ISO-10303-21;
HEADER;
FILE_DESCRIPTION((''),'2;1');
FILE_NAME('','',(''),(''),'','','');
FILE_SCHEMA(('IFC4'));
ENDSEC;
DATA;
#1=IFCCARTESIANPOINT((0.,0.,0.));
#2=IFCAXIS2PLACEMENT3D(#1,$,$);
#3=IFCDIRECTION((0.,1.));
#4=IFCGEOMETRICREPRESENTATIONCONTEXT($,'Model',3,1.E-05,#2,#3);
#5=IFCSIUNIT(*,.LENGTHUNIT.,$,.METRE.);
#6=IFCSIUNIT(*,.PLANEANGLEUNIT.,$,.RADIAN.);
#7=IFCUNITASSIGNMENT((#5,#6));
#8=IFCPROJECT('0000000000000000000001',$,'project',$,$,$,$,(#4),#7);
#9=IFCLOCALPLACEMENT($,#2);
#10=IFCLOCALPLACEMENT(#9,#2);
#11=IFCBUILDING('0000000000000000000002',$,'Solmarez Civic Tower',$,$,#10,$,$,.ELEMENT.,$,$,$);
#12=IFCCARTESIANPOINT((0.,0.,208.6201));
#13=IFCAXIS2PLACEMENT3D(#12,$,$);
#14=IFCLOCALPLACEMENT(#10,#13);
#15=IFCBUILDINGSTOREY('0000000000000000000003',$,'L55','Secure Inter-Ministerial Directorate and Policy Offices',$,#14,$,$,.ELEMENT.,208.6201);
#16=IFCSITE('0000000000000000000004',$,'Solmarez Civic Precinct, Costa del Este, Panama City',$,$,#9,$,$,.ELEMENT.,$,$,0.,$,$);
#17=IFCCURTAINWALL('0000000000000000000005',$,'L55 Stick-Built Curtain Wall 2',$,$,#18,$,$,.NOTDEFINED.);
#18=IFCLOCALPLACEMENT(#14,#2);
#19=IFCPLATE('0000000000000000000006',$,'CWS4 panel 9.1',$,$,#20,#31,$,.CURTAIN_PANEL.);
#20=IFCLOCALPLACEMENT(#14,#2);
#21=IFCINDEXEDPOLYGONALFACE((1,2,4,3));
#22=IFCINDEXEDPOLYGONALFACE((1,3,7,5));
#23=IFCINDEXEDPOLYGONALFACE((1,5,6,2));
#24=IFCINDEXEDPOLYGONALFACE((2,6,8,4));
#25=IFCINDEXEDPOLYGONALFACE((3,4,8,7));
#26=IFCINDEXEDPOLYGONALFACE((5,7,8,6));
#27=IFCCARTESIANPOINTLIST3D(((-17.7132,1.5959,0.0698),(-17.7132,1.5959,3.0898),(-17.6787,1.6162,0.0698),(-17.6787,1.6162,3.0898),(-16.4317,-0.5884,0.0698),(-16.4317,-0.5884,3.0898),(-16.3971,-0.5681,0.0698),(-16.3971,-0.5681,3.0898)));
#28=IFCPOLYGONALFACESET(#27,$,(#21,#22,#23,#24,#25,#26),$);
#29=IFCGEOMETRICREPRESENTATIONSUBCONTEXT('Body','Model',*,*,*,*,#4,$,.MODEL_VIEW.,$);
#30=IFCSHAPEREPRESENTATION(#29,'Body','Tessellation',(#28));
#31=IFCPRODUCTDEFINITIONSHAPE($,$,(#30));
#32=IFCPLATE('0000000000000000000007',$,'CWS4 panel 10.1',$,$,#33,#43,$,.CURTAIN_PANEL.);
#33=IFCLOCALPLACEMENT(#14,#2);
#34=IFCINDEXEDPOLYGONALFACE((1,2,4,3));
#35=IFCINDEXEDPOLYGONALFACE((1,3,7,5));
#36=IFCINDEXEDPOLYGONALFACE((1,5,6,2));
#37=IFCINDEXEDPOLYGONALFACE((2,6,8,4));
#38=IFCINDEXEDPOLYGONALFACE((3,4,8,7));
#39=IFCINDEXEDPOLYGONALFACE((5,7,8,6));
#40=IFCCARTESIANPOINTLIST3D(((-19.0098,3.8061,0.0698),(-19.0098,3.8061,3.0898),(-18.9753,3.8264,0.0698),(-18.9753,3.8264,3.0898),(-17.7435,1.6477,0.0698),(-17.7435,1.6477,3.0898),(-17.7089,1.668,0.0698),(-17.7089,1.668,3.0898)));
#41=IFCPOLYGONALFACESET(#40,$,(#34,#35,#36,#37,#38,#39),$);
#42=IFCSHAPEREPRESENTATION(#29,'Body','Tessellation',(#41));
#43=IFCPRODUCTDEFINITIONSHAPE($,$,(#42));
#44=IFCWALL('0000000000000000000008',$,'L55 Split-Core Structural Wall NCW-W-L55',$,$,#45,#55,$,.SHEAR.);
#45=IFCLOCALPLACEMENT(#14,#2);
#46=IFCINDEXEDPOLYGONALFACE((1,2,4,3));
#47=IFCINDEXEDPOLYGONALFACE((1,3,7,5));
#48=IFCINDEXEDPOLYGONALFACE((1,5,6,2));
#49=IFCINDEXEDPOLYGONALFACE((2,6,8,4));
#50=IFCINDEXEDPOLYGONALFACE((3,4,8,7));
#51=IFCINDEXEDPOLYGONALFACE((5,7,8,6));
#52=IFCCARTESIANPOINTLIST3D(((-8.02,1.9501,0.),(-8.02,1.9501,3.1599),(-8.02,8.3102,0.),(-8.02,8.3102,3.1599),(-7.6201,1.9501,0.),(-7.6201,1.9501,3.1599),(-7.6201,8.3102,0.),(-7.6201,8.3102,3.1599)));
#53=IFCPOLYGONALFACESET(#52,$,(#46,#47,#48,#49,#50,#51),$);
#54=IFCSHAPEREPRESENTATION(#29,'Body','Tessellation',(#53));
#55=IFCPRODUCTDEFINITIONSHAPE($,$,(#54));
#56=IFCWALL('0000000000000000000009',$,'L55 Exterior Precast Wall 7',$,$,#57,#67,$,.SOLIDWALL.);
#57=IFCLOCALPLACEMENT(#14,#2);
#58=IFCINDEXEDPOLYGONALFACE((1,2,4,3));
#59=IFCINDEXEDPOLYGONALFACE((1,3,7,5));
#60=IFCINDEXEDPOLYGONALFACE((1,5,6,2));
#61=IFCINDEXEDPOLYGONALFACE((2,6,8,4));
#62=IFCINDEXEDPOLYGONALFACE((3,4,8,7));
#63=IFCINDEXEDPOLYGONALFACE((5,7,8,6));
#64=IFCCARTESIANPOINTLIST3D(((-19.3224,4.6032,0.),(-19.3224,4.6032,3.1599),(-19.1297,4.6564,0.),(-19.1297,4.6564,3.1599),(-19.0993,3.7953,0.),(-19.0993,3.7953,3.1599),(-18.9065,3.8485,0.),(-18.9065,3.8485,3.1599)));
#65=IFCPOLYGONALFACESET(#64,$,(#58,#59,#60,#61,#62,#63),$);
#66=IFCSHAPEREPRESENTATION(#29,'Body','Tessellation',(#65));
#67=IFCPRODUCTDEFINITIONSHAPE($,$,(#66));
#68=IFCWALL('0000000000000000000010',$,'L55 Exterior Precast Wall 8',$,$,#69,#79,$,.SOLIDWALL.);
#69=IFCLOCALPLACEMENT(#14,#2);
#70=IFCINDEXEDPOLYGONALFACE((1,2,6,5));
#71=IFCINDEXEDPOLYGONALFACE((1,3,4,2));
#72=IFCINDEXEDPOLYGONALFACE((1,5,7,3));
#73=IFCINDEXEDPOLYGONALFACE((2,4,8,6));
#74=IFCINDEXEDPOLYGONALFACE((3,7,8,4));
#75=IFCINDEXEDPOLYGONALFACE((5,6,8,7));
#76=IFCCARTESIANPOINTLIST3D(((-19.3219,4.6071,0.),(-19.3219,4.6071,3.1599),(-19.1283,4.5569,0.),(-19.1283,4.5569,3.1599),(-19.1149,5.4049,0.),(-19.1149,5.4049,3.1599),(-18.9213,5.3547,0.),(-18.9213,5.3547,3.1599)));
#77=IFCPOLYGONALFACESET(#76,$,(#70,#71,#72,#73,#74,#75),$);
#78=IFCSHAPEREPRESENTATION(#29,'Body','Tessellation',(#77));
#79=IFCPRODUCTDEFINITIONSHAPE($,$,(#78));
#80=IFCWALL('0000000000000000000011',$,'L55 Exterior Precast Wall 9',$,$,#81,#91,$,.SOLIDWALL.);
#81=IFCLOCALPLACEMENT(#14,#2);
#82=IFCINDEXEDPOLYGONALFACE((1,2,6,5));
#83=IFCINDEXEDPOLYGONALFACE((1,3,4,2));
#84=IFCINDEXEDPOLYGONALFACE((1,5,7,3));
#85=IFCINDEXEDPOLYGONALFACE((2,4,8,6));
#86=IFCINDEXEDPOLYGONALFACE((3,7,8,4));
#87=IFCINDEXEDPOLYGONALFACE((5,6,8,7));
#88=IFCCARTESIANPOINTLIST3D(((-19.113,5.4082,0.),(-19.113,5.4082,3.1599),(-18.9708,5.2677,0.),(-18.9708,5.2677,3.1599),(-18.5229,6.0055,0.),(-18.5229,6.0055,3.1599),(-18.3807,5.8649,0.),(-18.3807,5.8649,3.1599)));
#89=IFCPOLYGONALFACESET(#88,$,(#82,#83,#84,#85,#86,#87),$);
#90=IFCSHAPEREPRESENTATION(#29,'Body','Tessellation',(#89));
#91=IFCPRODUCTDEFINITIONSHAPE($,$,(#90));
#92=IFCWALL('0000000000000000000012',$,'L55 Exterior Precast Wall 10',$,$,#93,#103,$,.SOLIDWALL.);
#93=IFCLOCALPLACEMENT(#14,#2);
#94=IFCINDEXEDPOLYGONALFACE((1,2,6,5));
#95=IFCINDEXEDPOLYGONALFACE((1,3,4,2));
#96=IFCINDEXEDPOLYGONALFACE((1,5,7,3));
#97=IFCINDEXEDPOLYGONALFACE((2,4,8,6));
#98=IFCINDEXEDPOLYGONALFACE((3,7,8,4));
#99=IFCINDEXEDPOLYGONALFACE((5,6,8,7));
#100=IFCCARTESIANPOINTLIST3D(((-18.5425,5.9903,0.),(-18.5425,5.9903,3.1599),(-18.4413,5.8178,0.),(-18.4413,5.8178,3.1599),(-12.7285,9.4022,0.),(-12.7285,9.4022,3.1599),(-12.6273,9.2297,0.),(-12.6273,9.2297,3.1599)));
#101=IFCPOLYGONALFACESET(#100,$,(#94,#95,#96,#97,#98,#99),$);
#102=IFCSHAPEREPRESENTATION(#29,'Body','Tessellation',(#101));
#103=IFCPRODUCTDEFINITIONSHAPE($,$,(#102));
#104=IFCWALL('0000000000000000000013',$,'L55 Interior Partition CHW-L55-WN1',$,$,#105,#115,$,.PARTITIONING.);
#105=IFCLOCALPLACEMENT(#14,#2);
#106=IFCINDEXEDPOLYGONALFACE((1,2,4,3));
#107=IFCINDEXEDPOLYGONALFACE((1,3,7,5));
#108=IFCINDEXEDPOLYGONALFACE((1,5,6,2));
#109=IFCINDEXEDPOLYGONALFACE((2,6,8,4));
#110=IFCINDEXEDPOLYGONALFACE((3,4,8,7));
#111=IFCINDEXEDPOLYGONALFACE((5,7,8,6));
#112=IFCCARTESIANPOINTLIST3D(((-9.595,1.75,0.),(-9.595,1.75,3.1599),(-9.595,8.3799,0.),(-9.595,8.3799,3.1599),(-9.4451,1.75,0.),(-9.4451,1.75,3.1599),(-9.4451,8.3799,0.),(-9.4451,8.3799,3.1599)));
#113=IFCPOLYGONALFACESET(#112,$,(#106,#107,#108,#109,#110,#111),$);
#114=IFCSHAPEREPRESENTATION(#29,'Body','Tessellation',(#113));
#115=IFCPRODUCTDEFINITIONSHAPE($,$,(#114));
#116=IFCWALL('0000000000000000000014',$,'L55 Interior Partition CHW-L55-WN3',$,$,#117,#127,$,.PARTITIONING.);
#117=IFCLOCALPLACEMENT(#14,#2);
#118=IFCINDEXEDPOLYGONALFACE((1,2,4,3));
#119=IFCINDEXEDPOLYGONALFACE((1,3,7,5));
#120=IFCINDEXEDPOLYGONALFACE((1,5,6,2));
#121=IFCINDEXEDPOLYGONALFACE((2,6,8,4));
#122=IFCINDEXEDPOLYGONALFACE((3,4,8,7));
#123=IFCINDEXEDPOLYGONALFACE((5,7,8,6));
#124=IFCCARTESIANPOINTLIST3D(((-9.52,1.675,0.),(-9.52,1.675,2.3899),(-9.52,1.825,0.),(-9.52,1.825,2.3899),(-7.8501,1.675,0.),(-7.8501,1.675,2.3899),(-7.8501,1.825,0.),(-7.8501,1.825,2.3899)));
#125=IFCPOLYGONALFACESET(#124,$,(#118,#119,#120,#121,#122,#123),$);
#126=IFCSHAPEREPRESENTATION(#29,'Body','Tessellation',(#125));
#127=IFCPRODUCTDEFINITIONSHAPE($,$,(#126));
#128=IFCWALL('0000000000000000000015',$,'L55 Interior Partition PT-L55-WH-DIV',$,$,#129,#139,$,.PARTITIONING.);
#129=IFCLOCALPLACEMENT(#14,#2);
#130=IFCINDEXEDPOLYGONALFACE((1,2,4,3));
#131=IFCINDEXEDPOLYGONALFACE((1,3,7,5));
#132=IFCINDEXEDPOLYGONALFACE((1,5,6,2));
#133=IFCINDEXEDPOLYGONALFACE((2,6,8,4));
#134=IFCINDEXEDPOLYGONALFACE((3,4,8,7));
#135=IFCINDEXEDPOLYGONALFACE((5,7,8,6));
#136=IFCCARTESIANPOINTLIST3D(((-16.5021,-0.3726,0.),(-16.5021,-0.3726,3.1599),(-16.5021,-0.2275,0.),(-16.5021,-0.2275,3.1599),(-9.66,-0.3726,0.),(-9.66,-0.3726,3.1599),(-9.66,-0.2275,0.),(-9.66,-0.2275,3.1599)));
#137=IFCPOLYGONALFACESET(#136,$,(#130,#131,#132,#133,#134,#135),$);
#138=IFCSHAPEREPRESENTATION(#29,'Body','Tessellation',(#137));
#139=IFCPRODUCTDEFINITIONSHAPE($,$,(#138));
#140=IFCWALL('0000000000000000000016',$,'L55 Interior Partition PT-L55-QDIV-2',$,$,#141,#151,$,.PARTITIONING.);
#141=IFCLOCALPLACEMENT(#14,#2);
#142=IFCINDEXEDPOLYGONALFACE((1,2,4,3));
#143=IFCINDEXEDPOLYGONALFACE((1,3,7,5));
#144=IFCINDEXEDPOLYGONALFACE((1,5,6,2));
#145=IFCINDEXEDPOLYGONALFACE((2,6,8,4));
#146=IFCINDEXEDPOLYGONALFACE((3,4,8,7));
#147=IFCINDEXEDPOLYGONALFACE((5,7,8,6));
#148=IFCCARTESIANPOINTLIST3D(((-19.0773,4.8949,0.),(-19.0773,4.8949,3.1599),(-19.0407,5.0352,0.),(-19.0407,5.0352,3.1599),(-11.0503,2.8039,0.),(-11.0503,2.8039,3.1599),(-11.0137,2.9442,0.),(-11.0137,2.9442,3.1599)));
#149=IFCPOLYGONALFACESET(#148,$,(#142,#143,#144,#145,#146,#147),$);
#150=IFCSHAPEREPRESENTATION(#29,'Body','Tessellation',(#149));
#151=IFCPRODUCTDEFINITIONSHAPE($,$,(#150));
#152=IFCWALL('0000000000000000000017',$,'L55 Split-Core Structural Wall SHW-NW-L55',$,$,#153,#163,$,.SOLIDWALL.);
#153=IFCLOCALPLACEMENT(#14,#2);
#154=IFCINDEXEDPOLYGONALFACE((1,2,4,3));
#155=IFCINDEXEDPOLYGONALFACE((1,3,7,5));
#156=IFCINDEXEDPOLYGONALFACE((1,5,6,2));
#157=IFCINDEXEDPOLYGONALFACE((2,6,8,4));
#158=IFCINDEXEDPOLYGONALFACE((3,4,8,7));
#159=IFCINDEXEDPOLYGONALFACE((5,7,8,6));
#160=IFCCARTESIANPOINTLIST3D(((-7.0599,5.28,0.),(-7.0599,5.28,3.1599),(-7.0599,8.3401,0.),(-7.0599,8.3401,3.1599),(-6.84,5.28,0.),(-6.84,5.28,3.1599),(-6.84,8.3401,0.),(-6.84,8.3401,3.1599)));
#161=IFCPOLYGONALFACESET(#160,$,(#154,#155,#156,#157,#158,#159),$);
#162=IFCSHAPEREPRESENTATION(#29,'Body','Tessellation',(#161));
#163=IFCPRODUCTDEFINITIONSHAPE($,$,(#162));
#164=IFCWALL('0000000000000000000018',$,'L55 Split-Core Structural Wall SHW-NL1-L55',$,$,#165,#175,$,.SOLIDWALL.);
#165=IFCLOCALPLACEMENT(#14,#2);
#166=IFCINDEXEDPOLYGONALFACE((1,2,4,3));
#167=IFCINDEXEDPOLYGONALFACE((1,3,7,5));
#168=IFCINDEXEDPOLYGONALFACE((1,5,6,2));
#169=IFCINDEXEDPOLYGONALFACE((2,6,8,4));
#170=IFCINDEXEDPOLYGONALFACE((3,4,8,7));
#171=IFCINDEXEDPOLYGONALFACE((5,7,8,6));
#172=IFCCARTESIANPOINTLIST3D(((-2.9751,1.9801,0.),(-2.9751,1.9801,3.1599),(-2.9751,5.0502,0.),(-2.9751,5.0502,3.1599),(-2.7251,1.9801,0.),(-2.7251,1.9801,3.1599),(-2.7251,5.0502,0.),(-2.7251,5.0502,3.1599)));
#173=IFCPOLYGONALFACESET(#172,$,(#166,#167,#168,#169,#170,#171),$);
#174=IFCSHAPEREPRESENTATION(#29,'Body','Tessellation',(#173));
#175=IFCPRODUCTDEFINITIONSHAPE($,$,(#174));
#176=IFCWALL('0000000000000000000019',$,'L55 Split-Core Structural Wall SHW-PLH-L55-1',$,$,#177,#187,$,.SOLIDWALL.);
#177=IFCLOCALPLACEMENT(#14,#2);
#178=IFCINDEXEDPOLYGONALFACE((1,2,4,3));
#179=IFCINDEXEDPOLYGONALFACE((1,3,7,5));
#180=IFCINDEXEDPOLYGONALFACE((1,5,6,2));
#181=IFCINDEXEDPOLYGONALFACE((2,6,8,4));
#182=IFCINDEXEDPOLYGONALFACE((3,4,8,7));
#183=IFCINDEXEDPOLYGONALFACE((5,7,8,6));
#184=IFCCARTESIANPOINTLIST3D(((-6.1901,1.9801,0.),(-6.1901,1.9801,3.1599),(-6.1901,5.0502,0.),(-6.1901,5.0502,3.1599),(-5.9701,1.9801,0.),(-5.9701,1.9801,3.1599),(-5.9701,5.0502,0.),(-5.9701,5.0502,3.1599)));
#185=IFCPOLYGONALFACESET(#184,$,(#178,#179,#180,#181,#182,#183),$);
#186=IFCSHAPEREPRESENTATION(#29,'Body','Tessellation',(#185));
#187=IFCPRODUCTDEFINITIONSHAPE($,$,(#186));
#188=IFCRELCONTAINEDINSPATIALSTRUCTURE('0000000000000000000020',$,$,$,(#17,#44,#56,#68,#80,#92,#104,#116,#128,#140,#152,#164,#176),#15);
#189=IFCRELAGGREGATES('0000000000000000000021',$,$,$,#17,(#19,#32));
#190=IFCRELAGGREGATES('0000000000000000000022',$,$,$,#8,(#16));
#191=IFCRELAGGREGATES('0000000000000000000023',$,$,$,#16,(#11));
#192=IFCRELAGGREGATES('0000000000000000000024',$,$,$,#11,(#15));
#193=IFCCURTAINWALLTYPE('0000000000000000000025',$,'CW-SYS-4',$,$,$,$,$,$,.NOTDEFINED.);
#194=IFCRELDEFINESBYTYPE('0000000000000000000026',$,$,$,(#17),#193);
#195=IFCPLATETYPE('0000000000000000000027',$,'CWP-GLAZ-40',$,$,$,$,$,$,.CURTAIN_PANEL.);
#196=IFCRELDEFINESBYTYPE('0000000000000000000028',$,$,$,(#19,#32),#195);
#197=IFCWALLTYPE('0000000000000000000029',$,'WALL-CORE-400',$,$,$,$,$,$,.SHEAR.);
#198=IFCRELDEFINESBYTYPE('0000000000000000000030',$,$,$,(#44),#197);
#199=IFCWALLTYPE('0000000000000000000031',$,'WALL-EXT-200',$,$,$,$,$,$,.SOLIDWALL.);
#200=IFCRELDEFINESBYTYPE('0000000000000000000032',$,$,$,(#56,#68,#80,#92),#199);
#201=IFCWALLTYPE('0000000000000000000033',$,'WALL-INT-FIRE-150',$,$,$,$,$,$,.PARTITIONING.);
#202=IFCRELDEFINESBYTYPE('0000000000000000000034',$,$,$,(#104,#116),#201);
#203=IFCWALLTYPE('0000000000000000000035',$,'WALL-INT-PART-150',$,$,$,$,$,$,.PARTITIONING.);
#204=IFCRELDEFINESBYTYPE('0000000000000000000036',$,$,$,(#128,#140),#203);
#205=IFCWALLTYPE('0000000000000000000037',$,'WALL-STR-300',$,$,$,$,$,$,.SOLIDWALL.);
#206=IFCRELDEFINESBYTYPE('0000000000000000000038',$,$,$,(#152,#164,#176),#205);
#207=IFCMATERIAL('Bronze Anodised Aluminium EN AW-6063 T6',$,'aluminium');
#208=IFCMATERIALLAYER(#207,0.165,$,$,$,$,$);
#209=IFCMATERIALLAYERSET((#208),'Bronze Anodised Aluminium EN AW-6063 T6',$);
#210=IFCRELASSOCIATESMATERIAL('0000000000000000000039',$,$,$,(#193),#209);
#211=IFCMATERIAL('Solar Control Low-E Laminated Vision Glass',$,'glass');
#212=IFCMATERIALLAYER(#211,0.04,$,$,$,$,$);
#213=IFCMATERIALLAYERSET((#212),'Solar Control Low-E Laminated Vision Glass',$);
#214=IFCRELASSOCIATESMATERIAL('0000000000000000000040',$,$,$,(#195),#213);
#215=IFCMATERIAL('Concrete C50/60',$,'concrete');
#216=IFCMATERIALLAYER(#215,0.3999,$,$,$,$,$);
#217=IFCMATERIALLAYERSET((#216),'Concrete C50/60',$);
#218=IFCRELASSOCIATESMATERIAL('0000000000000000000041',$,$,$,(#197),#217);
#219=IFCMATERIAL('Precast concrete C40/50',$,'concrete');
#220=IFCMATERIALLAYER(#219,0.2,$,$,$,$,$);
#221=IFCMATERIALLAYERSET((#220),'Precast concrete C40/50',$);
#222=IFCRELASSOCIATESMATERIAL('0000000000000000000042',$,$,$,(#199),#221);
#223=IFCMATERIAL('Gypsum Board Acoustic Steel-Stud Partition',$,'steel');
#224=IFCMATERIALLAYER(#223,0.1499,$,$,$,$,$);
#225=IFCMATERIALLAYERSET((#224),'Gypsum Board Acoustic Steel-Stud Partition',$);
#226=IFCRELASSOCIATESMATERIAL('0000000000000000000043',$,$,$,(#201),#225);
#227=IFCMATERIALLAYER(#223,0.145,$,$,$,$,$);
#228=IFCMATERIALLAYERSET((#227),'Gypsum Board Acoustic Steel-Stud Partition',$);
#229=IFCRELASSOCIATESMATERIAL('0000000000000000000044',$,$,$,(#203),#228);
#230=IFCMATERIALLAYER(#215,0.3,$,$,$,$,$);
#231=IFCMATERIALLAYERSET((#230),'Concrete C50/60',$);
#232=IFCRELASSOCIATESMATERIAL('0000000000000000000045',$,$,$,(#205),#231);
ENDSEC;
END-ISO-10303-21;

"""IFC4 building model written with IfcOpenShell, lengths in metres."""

from ifc_helpers import new_model, si_unit, direction, frame, frame_2d, origin, origin_2d, place, context, subcontext, project, spatial, rectangle, extrude, material, layer, layer_set, type_object, element, aggregate, save


model = new_model("IFC4")

# Units and contexts
model_context = context("Model", 3, precision=1e-05, world=origin(), true_north=direction((0.0, 1.0)))
body_context = subcontext(model_context, "Body", "Model", "MODEL_VIEW")
ifc_project = project(units=[si_unit("LENGTHUNIT", "METRE"), si_unit("PLANEANGLEUNIT", "RADIAN")], contexts=[model_context])

# Site, building, storey
site_placement = place(None, origin())
site = spatial("IfcSite", under=ifc_project, at=site_placement, Name="Solmarez Civic Precinct, Costa del Este, Panama City", CompositionType="ELEMENT", RefElevation=0.0)
building_placement = place(site_placement, origin())
building = spatial("IfcBuilding", under=site, at=building_placement, Name="Solmarez Civic Tower", CompositionType="ELEMENT")
storey_placement = place(building_placement, frame((0.0, 0.0, 208.6201)))
storey = spatial("IfcBuildingStorey", under=building, at=storey_placement, Name="L55", Description="Secure Inter-Ministerial Directorate and Policy Offices", CompositionType="ELEMENT", Elevation=208.6201)

# Shared definitions
ifc_material_1 = material(Name="Concrete C50/60", Category="concrete")

# Curtain wall, plates
ifc_material_2 = material(Name="Bronze Anodised Aluminium EN AW-6063 T6", Category="aluminium")
ifc_layer_1 = layer(ifc_material_2, 0.165)
ifc_layer_set_1 = layer_set([ifc_layer_1], Name="Bronze Anodised Aluminium EN AW-6063 T6")
curtain_wall_type = type_object("IfcCurtainWallType", Name="CW-SYS-4", PredefinedType="NOTDEFINED", material=ifc_layer_set_1)
curtain_wall_placement = place(storey_placement, origin())
curtain_wall = element("IfcCurtainWall", 1, at=curtain_wall_placement, inside=storey, type_object=curtain_wall_type, Name="L55 Stick-Built Curtain Wall 2", PredefinedType="NOTDEFINED")
ifc_material_3 = material(Name="Solar Control Low-E Laminated Vision Glass", Category="glass")
ifc_layer_2 = layer(ifc_material_3, 0.04)
ifc_layer_set_2 = layer_set([ifc_layer_2], Name="Solar Control Low-E Laminated Vision Glass")
plate_type = type_object("IfcPlateType", Name="CWP-GLAZ-40", PredefinedType="CURTAIN_PANEL", material=ifc_layer_set_2)
plate_1_placement = place(storey_placement, frame((-17.0552, 0.5139, 0.0698), z_axis=(0.0, 0.0, 1.0), x_axis=(-0.506047, 0.862506, 0.0)))
plate_1 = element("IfcPlate", 2, at=plate_1_placement, type_object=plate_type, Name="CWS4 panel 9.1", PredefinedType="CURTAIN_PANEL", context=body_context, shape_type="SweptSolid", body=[
    extrude(rectangle(XDim=2.5325, YDim=0.04, at=origin_2d()), origin(), (0.0, 0.0, 1.0), 3.02),
])
plate_2_placement = place(storey_placement, frame((-18.3594, 2.7371, 0.0698), z_axis=(0.0, 0.0, 1.0), x_axis=(-0.506047, 0.862506, 0.0)))
plate_2 = element("IfcPlate", 3, at=plate_2_placement, type_object=plate_type, Name="CWS4 panel 10.1", PredefinedType="CURTAIN_PANEL", context=body_context, shape_type="SweptSolid", body=[
    extrude(rectangle(XDim=2.5024, YDim=0.04, at=origin_2d()), origin(), (0.0, 0.0, 1.0), 3.02),
])
aggregate(curtain_wall, [plate_1, plate_2])

# Walls
ifc_layer_3 = layer(ifc_material_1, 0.3999)
ifc_layer_set_3 = layer_set([ifc_layer_3], Name="Concrete C50/60")
wall_type_1 = type_object("IfcWallType", Name="WALL-CORE-400", PredefinedType="SHEAR", material=ifc_layer_set_3)
wall_1_placement = place(storey_placement, frame((-7.8201, 1.95, 0.0), z_axis=(0.0, 0.0, 1.0), x_axis=(0.0, 1.0, 0.0)))
element("IfcWall", 4, at=wall_1_placement, inside=storey, type_object=wall_type_1, Name="L55 Split-Core Structural Wall NCW-W-L55", PredefinedType="SHEAR", context=body_context, shape_type="SweptSolid", body=[
    extrude(rectangle(XDim=6.3601, YDim=0.3999, at=frame_2d((3.1802, 0.0))), origin(), (0.0, 0.0, 1.0), 3.1599),
])
ifc_material_4 = material(Name="Precast concrete C40/50", Category="concrete")
ifc_layer_4 = layer(ifc_material_4, 0.2)
ifc_layer_set_4 = layer_set([ifc_layer_4], Name="Precast concrete C40/50")
wall_type_2 = type_object("IfcWallType", Name="WALL-EXT-200", PredefinedType="SOLIDWALL", material=ifc_layer_set_4)
wall_2_placement = place(storey_placement, frame((-19.0029, 3.822, 0.0), z_axis=(0.0, 0.0, 1.0), x_axis=(-0.266246, 0.963905, 0.0)))
element("IfcWall", 5, at=wall_2_placement, inside=storey, type_object=wall_type_2, Name="L55 Exterior Precast Wall 7", PredefinedType="SOLIDWALL", context=body_context, shape_type="SweptSolid", body=[
    extrude(rectangle(XDim=0.8381, YDim=0.2, at=frame_2d((0.4189, 0.0))), origin(), (0.0, 0.0, 1.0), 3.1599),
])
wall_3_placement = place(storey_placement, frame((-19.2251, 4.582, 0.0), z_axis=(0.0, 0.0, 1.0), x_axis=(0.251168, 0.967944, 0.0)))
element("IfcWall", 6, at=wall_3_placement, inside=storey, type_object=wall_type_2, Name="L55 Exterior Precast Wall 8", PredefinedType="SOLIDWALL", context=body_context, shape_type="SweptSolid", body=[
    extrude(rectangle(XDim=0.8242, YDim=0.2, at=frame_2d((0.4121, 0.0))), origin(), (0.0, 0.0, 1.0), 3.1599),
])
wall_4_placement = place(storey_placement, frame((-19.042, 5.3379, 0.0), z_axis=(0.0, 0.0, 1.0), x_axis=(0.702878, 0.711311, 0.0)))
element("IfcWall", 7, at=wall_4_placement, inside=storey, type_object=wall_type_2, Name="L55 Exterior Precast Wall 9", PredefinedType="SOLIDWALL", context=body_context, shape_type="SweptSolid", body=[
    extrude(rectangle(XDim=0.8396, YDim=0.2, at=frame_2d((0.4199, 0.0))), origin(), (0.0, 0.0, 1.0), 3.1599),
])
wall_5_placement = place(storey_placement, frame((-18.4919, 5.9041, 0.0), z_axis=(0.0, 0.0, 1.0), x_axis=(0.86246, 0.506126, 0.0)))
element("IfcWall", 8, at=wall_5_placement, inside=storey, type_object=wall_type_2, Name="L55 Exterior Precast Wall 10", PredefinedType="SOLIDWALL", context=body_context, shape_type="SweptSolid", body=[
    extrude(rectangle(XDim=6.7412, YDim=0.2, at=frame_2d((3.3706, 0.0))), origin(), (0.0, 0.0, 1.0), 3.1599),
])
ifc_material_5 = material(Name="Gypsum Board Acoustic Steel-Stud Partition", Category="steel")
ifc_layer_5 = layer(ifc_material_5, 0.1499)
ifc_layer_set_5 = layer_set([ifc_layer_5], Name="Gypsum Board Acoustic Steel-Stud Partition")
wall_type_3 = type_object("IfcWallType", Name="WALL-INT-FIRE-150", PredefinedType="PARTITIONING", material=ifc_layer_set_5)
wall_6_placement = place(storey_placement, frame((-9.52, 1.75, 0.0), z_axis=(0.0, 0.0, 1.0), x_axis=(0.0, 1.0, 0.0)))
element("IfcWall", 9, at=wall_6_placement, inside=storey, type_object=wall_type_3, Name="L55 Interior Partition CHW-L55-WN1", PredefinedType="PARTITIONING", context=body_context, shape_type="SweptSolid", body=[
    extrude(rectangle(XDim=6.6299, YDim=0.1499, at=frame_2d((3.3149, 0.0))), origin(), (0.0, 0.0, 1.0), 3.1599),
])
wall_7_placement = place(storey_placement, frame((-7.8501, 1.75, 0.0), z_axis=(0.0, 0.0, 1.0), x_axis=(-1.0, 0.0, 0.0)))
element("IfcWall", 10, at=wall_7_placement, inside=storey, type_object=wall_type_3, Name="L55 Interior Partition CHW-L55-WN3", PredefinedType="PARTITIONING", context=body_context, shape_type="SweptSolid", body=[
    extrude(rectangle(XDim=1.6699, YDim=0.1499, at=frame_2d((0.835, 0.0))), origin(), (0.0, 0.0, 1.0), 2.3899),
])
ifc_layer_6 = layer(ifc_material_5, 0.145)
ifc_layer_set_6 = layer_set([ifc_layer_6], Name="Gypsum Board Acoustic Steel-Stud Partition")
wall_type_4 = type_object("IfcWallType", Name="WALL-INT-PART-150", PredefinedType="PARTITIONING", material=ifc_layer_set_6)
wall_8_placement = place(storey_placement, frame((-16.502, -0.3, 0.0), z_axis=(0.0, 0.0, 1.0), x_axis=(1.0, 0.0, 0.0)))
element("IfcWall", 11, at=wall_8_placement, inside=storey, type_object=wall_type_4, Name="L55 Interior Partition PT-L55-WH-DIV", PredefinedType="PARTITIONING", context=body_context, shape_type="SweptSolid", body=[
    extrude(rectangle(XDim=6.842, YDim=0.145, at=frame_2d((3.4209, 0.0))), origin(), (0.0, 0.0, 1.0), 3.1599),
])
wall_9_placement = place(storey_placement, frame((-11.032, 2.874, 0.0), z_axis=(0.0, 0.0, 1.0), x_axis=(-0.967704, 0.252088, 0.0)))
element("IfcWall", 12, at=wall_9_placement, inside=storey, type_object=wall_type_4, Name="L55 Interior Partition PT-L55-QDIV-2", PredefinedType="PARTITIONING", context=body_context, shape_type="SweptSolid", body=[
    extrude(rectangle(XDim=8.2949, YDim=0.145, at=frame_2d((4.1475, 0.0))), origin(), (0.0, 0.0, 1.0), 3.1599),
])
ifc_layer_7 = layer(ifc_material_1, 0.3)
ifc_layer_set_7 = layer_set([ifc_layer_7], Name="Concrete C50/60")
wall_type_5 = type_object("IfcWallType", Name="WALL-STR-300", PredefinedType="SOLIDWALL", material=ifc_layer_set_7)
wall_10_placement = place(storey_placement, frame((-6.95, 5.28, 0.0), z_axis=(0.0, 0.0, 1.0), x_axis=(0.0, 1.0, 0.0)))
element("IfcWall", 13, at=wall_10_placement, inside=storey, type_object=wall_type_5, Name="L55 Split-Core Structural Wall SHW-NW-L55", PredefinedType="SOLIDWALL", context=body_context, shape_type="SweptSolid", body=[
    extrude(rectangle(XDim=3.0601, YDim=0.22, at=frame_2d((1.53, 0.0))), origin(), (0.0, 0.0, 1.0), 3.1599),
])
wall_11_placement = place(storey_placement, frame((-2.8501, 1.98, 0.0), z_axis=(0.0, 0.0, 1.0), x_axis=(0.0, 1.0, 0.0)))
element("IfcWall", 14, at=wall_11_placement, inside=storey, type_object=wall_type_5, Name="L55 Split-Core Structural Wall SHW-NL1-L55", PredefinedType="SOLIDWALL", context=body_context, shape_type="SweptSolid", body=[
    extrude(rectangle(XDim=3.0701, YDim=0.25, at=frame_2d((1.5352, 0.0))), origin(), (0.0, 0.0, 1.0), 3.1599),
])
for number, where, z_axis, x_axis, name in (
    (15, (-6.0801, 1.98, 0.0), (0.0, 0.0, 1.0), (0.0, 1.0, 0.0), "L55 Split-Core Structural Wall SHW-PLH-L55-1"),
):
    element("IfcWall", number, at=place(storey_placement, frame(where, z_axis=z_axis, x_axis=x_axis)), inside=storey, type_object=wall_type_5, Name=name, PredefinedType="SOLIDWALL", context=body_context, shape_type="SweptSolid", body=[
        extrude(rectangle(XDim=3.0701, YDim=0.22, at=frame_2d((1.5352, 0.0))), origin(), (0.0, 0.0, 1.0), 3.1599),
    ])

save(model, "model.ifc")
